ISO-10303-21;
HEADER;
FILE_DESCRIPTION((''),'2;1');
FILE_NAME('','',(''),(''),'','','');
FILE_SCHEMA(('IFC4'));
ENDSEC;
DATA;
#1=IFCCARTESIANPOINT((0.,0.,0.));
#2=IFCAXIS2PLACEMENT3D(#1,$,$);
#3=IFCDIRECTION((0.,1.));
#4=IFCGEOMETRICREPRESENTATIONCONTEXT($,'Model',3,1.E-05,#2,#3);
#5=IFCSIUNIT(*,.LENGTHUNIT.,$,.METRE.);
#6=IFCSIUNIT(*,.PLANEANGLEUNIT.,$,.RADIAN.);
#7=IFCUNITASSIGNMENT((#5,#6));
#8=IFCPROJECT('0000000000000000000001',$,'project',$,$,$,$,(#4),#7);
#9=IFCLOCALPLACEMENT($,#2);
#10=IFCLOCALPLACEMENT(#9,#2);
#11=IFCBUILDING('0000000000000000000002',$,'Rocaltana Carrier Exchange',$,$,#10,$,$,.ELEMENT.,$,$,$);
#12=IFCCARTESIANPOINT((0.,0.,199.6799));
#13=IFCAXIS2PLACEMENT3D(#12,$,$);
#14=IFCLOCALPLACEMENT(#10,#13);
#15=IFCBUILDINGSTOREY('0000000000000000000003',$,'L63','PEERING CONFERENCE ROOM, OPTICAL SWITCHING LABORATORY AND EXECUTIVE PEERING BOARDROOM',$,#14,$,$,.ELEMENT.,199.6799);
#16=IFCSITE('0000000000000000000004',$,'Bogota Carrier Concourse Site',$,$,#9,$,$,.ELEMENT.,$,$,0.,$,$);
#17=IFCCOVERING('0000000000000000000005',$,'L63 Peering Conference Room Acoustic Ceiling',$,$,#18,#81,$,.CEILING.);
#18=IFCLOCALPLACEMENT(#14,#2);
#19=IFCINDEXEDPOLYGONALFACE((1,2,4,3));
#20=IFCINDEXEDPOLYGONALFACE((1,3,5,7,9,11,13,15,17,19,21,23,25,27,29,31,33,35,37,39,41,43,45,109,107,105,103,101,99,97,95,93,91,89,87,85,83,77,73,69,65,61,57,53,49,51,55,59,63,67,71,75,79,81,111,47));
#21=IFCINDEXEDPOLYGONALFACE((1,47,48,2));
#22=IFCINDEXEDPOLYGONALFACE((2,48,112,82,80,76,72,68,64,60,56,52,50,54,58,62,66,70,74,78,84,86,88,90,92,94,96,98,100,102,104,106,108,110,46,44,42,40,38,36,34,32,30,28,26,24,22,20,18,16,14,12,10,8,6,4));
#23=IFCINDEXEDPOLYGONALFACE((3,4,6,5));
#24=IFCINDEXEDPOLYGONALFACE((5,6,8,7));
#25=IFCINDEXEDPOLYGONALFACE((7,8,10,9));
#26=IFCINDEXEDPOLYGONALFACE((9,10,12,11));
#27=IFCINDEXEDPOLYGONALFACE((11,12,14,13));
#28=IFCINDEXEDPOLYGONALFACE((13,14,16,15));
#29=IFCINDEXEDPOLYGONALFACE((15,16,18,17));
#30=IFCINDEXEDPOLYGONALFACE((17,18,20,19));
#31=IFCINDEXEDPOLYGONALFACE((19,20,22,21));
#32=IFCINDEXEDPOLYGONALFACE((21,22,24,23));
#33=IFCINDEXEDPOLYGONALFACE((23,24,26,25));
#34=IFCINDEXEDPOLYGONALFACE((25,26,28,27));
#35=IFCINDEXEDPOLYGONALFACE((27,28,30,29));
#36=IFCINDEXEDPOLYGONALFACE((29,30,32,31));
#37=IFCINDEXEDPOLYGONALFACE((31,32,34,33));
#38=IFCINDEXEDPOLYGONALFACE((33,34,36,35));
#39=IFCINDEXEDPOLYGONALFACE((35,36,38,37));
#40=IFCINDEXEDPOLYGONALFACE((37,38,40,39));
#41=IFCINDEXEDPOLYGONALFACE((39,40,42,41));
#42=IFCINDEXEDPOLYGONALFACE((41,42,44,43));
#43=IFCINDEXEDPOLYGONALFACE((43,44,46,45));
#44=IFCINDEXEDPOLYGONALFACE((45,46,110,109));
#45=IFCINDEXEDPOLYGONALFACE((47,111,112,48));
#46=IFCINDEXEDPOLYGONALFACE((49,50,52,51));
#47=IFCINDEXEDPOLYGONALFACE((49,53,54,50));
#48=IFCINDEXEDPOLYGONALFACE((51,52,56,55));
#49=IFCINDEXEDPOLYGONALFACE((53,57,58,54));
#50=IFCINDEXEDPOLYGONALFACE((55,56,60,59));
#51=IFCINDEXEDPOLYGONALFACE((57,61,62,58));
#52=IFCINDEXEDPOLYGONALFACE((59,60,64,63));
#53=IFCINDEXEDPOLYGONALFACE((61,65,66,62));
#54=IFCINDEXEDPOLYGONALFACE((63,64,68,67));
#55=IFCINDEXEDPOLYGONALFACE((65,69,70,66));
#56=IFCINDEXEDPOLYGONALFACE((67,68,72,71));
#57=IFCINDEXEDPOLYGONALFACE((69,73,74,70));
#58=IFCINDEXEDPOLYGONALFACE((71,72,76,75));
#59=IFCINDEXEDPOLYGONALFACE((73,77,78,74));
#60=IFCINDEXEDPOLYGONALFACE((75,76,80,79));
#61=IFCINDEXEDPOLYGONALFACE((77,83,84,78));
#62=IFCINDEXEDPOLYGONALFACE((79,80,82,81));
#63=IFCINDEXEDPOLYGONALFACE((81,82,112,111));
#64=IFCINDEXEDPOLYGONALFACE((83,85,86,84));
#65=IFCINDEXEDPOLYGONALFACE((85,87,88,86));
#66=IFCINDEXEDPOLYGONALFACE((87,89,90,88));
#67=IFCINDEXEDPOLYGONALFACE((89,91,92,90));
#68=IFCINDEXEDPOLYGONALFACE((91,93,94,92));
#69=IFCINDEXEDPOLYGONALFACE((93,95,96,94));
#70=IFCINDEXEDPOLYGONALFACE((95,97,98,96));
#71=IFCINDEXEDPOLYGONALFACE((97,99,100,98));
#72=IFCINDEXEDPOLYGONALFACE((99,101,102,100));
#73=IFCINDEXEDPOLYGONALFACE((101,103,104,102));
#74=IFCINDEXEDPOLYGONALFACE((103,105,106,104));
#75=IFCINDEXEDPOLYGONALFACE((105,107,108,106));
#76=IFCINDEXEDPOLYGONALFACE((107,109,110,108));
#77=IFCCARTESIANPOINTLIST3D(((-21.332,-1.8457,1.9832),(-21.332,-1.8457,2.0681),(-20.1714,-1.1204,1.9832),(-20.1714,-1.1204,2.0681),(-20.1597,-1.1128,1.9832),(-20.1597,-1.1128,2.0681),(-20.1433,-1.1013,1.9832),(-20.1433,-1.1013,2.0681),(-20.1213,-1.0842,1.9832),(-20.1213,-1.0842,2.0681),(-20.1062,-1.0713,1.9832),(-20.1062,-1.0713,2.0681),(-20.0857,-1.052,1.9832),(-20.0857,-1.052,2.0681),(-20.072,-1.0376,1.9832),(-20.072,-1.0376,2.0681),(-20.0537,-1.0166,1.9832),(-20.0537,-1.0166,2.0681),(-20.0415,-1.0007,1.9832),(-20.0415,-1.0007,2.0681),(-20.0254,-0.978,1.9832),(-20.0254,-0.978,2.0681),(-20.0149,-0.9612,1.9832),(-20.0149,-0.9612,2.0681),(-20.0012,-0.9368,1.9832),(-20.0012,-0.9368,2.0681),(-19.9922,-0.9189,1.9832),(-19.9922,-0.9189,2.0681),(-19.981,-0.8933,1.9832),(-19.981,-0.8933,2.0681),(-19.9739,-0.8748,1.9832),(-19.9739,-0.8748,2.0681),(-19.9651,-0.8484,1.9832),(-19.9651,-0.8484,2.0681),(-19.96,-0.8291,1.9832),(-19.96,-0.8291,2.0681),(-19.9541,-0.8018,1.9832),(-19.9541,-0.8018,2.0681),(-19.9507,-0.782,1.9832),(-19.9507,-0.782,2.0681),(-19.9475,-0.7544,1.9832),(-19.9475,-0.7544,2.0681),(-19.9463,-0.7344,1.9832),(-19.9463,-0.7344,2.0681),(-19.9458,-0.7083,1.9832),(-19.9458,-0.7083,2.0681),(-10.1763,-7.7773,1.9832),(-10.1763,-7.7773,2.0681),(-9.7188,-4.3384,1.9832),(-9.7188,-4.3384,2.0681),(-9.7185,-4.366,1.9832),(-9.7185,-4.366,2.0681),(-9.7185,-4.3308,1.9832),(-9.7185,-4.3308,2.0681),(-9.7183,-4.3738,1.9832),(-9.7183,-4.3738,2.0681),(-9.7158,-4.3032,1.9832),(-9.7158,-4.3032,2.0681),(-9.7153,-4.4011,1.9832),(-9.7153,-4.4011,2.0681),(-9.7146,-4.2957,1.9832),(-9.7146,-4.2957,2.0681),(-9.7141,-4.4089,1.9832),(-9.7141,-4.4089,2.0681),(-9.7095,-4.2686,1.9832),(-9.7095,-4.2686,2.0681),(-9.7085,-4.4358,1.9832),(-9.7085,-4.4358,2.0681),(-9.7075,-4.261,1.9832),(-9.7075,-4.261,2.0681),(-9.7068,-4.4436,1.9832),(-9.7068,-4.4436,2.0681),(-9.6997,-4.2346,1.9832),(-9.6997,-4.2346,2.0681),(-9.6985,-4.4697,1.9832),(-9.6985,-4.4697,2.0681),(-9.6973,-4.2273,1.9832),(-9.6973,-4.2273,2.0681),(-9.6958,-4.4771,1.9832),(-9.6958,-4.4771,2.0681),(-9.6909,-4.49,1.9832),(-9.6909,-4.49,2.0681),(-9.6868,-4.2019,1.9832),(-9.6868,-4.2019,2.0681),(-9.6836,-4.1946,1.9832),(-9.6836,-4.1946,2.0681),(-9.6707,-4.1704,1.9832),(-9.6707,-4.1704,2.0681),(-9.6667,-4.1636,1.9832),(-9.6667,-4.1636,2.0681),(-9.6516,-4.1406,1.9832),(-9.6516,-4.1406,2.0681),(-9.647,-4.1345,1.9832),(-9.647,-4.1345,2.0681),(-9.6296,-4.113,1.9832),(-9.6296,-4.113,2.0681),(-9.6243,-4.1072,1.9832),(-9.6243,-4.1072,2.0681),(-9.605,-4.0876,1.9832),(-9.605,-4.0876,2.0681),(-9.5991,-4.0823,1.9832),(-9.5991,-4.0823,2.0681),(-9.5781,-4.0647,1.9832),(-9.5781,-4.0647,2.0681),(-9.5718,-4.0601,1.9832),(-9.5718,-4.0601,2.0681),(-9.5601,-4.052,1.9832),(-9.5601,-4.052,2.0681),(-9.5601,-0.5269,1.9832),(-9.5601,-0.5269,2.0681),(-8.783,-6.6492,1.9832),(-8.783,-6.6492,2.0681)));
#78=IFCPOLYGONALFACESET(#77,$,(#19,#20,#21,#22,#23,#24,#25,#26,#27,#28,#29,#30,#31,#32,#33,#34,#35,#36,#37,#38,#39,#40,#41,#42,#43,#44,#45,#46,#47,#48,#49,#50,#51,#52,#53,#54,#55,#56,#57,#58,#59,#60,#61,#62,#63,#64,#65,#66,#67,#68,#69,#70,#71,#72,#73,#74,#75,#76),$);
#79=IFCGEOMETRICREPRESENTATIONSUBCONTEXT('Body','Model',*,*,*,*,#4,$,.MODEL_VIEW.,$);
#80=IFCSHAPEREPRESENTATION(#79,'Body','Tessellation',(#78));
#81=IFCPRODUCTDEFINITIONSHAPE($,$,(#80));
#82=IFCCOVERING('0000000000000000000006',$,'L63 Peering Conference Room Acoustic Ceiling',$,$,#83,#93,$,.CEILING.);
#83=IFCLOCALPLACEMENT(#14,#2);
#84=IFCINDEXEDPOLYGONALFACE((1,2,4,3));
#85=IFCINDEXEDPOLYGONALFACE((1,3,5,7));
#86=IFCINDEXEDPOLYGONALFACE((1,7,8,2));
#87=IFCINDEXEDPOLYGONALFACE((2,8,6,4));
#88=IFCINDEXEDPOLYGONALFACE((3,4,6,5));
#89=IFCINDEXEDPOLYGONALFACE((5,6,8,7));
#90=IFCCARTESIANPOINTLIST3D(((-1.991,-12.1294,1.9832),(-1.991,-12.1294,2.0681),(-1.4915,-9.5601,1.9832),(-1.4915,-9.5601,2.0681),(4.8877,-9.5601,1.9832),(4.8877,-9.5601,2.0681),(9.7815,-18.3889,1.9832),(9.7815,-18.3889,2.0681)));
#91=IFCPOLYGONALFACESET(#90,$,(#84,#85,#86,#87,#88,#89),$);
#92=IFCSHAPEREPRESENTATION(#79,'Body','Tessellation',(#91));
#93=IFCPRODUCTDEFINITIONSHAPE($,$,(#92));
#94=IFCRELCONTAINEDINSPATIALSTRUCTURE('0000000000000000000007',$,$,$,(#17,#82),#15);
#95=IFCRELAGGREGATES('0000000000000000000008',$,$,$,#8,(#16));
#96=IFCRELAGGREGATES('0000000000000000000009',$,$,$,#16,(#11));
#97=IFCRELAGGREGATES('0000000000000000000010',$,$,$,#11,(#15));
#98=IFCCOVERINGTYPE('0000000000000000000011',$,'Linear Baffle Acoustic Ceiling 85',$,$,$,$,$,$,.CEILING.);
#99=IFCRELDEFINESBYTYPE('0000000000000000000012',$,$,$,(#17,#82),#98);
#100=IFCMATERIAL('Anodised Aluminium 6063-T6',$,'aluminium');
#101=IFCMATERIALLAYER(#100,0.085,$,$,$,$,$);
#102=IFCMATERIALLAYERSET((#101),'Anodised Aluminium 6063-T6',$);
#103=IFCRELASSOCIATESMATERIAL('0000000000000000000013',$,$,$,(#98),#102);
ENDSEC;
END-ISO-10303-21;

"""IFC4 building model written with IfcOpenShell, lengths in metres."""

from ifc_helpers import new_model, si_unit, direction, frame, origin, place, context, subcontext, project, spatial, polyline, outline, extrude, material, layer, layer_set, type_object, element, save


model = new_model("IFC4")

# Units and contexts
model_context = context("Model", 3, precision=1e-05, world=origin(), true_north=direction((0.0, 1.0)))
body_context = subcontext(model_context, "Body", "Model", "MODEL_VIEW")
ifc_project = project(units=[si_unit("LENGTHUNIT", "METRE"), si_unit("PLANEANGLEUNIT", "RADIAN")], contexts=[model_context])

# Site, building, storey
site_placement = place(None, origin())
site = spatial("IfcSite", under=ifc_project, at=site_placement, Name="Bogota Carrier Concourse Site", CompositionType="ELEMENT", RefElevation=0.0)
building_placement = place(site_placement, origin())
building = spatial("IfcBuilding", under=site, at=building_placement, Name="Rocaltana Carrier Exchange", CompositionType="ELEMENT")
storey_placement = place(building_placement, frame((0.0, 0.0, 199.6799)))
storey = spatial("IfcBuildingStorey", under=building, at=storey_placement, Name="L63", Description="PEERING CONFERENCE ROOM, OPTICAL SWITCHING LABORATORY AND EXECUTIVE PEERING BOARDROOM", CompositionType="ELEMENT", Elevation=199.6799)

# Coverings
ifc_material_1 = material(Name="Anodised Aluminium 6063-T6", Category="aluminium")
ifc_layer_1 = layer(ifc_material_1, 0.085)
ifc_layer_set_1 = layer_set([ifc_layer_1], Name="Anodised Aluminium 6063-T6")
covering_type_1 = type_object("IfcCoveringType", Name="Linear Baffle Acoustic Ceiling 85", PredefinedType="CEILING", material=ifc_layer_set_1)
covering_1_placement = place(storey_placement, frame((0.0, 0.0, 1.9832)))
element("IfcCovering", 1, at=covering_1_placement, inside=storey, type_object=covering_type_1, Name="L63 Peering Conference Room Acoustic Ceiling", PredefinedType="CEILING", context=body_context, shape_type="SweptSolid", body=[
    extrude(outline(polyline([(-20.1714, -1.1204), (-20.1597, -1.1128), (-20.1433, -1.1013), (-20.1213, -1.0842), (-20.1062, -1.0713), (-20.0857, -1.052), (-20.072, -1.0376), (-20.0537, -1.0166), (-20.0415, -1.0007), (-20.0254, -0.978), (-20.0149, -0.9612), (-20.0012, -0.9368), (-19.9922, -0.9189), (-19.981, -0.8933), (-19.9739, -0.8748), (-19.9651, -0.8484), (-19.96, -0.8291), (-19.9541, -0.8018), (-19.9507, -0.782), (-19.9475, -0.7544), (-19.9463, -0.7344), (-19.9458, -0.7083), (-9.5601, -0.5269), (-9.5601, -4.052), (-9.5718, -4.0601), (-9.5781, -4.0647), (-9.5991, -4.0823), (-9.605, -4.0876), (-9.6243, -4.1072), (-9.6296, -4.113), (-9.647, -4.1345), (-9.6516, -4.1406), (-9.6667, -4.1636), (-9.6707, -4.1704), (-9.6836, -4.1946), (-9.6868, -4.2019), (-9.6973, -4.2273), (-9.6997, -4.2346), (-9.7075, -4.261), (-9.7095, -4.2686), (-9.7146, -4.2957), (-9.7158, -4.3032), (-9.7185, -4.3308), (-9.7188, -4.3384), (-9.7185, -4.366), (-9.7183, -4.3738), (-9.7153, -4.4011), (-9.7141, -4.4089), (-9.7085, -4.4358), (-9.7068, -4.4436), (-9.6985, -4.4697), (-9.6958, -4.4771), (-9.6909, -4.49), (-8.783, -6.6492), (-10.1763, -7.7773), (-21.332, -1.8457), (-20.1714, -1.1204)])), origin(), (0.0, 0.0, 1.0), 0.085),
])
covering_2_placement = place(storey_placement, frame((0.0, 0.0, 1.9832)))
element("IfcCovering", 2, at=covering_2_placement, inside=storey, type_object=covering_type_1, Name="L63 Peering Conference Room Acoustic Ceiling", PredefinedType="CEILING", context=body_context, shape_type="SweptSolid", body=[
    extrude(outline(polyline([(-1.991, -12.1294), (-1.4915, -9.5601), (4.8877, -9.5601), (9.7815, -18.3889), (-1.991, -12.1294)])), origin(), (0.0, 0.0, 1.0), 0.085),
])

save(model, "model.ifc")
